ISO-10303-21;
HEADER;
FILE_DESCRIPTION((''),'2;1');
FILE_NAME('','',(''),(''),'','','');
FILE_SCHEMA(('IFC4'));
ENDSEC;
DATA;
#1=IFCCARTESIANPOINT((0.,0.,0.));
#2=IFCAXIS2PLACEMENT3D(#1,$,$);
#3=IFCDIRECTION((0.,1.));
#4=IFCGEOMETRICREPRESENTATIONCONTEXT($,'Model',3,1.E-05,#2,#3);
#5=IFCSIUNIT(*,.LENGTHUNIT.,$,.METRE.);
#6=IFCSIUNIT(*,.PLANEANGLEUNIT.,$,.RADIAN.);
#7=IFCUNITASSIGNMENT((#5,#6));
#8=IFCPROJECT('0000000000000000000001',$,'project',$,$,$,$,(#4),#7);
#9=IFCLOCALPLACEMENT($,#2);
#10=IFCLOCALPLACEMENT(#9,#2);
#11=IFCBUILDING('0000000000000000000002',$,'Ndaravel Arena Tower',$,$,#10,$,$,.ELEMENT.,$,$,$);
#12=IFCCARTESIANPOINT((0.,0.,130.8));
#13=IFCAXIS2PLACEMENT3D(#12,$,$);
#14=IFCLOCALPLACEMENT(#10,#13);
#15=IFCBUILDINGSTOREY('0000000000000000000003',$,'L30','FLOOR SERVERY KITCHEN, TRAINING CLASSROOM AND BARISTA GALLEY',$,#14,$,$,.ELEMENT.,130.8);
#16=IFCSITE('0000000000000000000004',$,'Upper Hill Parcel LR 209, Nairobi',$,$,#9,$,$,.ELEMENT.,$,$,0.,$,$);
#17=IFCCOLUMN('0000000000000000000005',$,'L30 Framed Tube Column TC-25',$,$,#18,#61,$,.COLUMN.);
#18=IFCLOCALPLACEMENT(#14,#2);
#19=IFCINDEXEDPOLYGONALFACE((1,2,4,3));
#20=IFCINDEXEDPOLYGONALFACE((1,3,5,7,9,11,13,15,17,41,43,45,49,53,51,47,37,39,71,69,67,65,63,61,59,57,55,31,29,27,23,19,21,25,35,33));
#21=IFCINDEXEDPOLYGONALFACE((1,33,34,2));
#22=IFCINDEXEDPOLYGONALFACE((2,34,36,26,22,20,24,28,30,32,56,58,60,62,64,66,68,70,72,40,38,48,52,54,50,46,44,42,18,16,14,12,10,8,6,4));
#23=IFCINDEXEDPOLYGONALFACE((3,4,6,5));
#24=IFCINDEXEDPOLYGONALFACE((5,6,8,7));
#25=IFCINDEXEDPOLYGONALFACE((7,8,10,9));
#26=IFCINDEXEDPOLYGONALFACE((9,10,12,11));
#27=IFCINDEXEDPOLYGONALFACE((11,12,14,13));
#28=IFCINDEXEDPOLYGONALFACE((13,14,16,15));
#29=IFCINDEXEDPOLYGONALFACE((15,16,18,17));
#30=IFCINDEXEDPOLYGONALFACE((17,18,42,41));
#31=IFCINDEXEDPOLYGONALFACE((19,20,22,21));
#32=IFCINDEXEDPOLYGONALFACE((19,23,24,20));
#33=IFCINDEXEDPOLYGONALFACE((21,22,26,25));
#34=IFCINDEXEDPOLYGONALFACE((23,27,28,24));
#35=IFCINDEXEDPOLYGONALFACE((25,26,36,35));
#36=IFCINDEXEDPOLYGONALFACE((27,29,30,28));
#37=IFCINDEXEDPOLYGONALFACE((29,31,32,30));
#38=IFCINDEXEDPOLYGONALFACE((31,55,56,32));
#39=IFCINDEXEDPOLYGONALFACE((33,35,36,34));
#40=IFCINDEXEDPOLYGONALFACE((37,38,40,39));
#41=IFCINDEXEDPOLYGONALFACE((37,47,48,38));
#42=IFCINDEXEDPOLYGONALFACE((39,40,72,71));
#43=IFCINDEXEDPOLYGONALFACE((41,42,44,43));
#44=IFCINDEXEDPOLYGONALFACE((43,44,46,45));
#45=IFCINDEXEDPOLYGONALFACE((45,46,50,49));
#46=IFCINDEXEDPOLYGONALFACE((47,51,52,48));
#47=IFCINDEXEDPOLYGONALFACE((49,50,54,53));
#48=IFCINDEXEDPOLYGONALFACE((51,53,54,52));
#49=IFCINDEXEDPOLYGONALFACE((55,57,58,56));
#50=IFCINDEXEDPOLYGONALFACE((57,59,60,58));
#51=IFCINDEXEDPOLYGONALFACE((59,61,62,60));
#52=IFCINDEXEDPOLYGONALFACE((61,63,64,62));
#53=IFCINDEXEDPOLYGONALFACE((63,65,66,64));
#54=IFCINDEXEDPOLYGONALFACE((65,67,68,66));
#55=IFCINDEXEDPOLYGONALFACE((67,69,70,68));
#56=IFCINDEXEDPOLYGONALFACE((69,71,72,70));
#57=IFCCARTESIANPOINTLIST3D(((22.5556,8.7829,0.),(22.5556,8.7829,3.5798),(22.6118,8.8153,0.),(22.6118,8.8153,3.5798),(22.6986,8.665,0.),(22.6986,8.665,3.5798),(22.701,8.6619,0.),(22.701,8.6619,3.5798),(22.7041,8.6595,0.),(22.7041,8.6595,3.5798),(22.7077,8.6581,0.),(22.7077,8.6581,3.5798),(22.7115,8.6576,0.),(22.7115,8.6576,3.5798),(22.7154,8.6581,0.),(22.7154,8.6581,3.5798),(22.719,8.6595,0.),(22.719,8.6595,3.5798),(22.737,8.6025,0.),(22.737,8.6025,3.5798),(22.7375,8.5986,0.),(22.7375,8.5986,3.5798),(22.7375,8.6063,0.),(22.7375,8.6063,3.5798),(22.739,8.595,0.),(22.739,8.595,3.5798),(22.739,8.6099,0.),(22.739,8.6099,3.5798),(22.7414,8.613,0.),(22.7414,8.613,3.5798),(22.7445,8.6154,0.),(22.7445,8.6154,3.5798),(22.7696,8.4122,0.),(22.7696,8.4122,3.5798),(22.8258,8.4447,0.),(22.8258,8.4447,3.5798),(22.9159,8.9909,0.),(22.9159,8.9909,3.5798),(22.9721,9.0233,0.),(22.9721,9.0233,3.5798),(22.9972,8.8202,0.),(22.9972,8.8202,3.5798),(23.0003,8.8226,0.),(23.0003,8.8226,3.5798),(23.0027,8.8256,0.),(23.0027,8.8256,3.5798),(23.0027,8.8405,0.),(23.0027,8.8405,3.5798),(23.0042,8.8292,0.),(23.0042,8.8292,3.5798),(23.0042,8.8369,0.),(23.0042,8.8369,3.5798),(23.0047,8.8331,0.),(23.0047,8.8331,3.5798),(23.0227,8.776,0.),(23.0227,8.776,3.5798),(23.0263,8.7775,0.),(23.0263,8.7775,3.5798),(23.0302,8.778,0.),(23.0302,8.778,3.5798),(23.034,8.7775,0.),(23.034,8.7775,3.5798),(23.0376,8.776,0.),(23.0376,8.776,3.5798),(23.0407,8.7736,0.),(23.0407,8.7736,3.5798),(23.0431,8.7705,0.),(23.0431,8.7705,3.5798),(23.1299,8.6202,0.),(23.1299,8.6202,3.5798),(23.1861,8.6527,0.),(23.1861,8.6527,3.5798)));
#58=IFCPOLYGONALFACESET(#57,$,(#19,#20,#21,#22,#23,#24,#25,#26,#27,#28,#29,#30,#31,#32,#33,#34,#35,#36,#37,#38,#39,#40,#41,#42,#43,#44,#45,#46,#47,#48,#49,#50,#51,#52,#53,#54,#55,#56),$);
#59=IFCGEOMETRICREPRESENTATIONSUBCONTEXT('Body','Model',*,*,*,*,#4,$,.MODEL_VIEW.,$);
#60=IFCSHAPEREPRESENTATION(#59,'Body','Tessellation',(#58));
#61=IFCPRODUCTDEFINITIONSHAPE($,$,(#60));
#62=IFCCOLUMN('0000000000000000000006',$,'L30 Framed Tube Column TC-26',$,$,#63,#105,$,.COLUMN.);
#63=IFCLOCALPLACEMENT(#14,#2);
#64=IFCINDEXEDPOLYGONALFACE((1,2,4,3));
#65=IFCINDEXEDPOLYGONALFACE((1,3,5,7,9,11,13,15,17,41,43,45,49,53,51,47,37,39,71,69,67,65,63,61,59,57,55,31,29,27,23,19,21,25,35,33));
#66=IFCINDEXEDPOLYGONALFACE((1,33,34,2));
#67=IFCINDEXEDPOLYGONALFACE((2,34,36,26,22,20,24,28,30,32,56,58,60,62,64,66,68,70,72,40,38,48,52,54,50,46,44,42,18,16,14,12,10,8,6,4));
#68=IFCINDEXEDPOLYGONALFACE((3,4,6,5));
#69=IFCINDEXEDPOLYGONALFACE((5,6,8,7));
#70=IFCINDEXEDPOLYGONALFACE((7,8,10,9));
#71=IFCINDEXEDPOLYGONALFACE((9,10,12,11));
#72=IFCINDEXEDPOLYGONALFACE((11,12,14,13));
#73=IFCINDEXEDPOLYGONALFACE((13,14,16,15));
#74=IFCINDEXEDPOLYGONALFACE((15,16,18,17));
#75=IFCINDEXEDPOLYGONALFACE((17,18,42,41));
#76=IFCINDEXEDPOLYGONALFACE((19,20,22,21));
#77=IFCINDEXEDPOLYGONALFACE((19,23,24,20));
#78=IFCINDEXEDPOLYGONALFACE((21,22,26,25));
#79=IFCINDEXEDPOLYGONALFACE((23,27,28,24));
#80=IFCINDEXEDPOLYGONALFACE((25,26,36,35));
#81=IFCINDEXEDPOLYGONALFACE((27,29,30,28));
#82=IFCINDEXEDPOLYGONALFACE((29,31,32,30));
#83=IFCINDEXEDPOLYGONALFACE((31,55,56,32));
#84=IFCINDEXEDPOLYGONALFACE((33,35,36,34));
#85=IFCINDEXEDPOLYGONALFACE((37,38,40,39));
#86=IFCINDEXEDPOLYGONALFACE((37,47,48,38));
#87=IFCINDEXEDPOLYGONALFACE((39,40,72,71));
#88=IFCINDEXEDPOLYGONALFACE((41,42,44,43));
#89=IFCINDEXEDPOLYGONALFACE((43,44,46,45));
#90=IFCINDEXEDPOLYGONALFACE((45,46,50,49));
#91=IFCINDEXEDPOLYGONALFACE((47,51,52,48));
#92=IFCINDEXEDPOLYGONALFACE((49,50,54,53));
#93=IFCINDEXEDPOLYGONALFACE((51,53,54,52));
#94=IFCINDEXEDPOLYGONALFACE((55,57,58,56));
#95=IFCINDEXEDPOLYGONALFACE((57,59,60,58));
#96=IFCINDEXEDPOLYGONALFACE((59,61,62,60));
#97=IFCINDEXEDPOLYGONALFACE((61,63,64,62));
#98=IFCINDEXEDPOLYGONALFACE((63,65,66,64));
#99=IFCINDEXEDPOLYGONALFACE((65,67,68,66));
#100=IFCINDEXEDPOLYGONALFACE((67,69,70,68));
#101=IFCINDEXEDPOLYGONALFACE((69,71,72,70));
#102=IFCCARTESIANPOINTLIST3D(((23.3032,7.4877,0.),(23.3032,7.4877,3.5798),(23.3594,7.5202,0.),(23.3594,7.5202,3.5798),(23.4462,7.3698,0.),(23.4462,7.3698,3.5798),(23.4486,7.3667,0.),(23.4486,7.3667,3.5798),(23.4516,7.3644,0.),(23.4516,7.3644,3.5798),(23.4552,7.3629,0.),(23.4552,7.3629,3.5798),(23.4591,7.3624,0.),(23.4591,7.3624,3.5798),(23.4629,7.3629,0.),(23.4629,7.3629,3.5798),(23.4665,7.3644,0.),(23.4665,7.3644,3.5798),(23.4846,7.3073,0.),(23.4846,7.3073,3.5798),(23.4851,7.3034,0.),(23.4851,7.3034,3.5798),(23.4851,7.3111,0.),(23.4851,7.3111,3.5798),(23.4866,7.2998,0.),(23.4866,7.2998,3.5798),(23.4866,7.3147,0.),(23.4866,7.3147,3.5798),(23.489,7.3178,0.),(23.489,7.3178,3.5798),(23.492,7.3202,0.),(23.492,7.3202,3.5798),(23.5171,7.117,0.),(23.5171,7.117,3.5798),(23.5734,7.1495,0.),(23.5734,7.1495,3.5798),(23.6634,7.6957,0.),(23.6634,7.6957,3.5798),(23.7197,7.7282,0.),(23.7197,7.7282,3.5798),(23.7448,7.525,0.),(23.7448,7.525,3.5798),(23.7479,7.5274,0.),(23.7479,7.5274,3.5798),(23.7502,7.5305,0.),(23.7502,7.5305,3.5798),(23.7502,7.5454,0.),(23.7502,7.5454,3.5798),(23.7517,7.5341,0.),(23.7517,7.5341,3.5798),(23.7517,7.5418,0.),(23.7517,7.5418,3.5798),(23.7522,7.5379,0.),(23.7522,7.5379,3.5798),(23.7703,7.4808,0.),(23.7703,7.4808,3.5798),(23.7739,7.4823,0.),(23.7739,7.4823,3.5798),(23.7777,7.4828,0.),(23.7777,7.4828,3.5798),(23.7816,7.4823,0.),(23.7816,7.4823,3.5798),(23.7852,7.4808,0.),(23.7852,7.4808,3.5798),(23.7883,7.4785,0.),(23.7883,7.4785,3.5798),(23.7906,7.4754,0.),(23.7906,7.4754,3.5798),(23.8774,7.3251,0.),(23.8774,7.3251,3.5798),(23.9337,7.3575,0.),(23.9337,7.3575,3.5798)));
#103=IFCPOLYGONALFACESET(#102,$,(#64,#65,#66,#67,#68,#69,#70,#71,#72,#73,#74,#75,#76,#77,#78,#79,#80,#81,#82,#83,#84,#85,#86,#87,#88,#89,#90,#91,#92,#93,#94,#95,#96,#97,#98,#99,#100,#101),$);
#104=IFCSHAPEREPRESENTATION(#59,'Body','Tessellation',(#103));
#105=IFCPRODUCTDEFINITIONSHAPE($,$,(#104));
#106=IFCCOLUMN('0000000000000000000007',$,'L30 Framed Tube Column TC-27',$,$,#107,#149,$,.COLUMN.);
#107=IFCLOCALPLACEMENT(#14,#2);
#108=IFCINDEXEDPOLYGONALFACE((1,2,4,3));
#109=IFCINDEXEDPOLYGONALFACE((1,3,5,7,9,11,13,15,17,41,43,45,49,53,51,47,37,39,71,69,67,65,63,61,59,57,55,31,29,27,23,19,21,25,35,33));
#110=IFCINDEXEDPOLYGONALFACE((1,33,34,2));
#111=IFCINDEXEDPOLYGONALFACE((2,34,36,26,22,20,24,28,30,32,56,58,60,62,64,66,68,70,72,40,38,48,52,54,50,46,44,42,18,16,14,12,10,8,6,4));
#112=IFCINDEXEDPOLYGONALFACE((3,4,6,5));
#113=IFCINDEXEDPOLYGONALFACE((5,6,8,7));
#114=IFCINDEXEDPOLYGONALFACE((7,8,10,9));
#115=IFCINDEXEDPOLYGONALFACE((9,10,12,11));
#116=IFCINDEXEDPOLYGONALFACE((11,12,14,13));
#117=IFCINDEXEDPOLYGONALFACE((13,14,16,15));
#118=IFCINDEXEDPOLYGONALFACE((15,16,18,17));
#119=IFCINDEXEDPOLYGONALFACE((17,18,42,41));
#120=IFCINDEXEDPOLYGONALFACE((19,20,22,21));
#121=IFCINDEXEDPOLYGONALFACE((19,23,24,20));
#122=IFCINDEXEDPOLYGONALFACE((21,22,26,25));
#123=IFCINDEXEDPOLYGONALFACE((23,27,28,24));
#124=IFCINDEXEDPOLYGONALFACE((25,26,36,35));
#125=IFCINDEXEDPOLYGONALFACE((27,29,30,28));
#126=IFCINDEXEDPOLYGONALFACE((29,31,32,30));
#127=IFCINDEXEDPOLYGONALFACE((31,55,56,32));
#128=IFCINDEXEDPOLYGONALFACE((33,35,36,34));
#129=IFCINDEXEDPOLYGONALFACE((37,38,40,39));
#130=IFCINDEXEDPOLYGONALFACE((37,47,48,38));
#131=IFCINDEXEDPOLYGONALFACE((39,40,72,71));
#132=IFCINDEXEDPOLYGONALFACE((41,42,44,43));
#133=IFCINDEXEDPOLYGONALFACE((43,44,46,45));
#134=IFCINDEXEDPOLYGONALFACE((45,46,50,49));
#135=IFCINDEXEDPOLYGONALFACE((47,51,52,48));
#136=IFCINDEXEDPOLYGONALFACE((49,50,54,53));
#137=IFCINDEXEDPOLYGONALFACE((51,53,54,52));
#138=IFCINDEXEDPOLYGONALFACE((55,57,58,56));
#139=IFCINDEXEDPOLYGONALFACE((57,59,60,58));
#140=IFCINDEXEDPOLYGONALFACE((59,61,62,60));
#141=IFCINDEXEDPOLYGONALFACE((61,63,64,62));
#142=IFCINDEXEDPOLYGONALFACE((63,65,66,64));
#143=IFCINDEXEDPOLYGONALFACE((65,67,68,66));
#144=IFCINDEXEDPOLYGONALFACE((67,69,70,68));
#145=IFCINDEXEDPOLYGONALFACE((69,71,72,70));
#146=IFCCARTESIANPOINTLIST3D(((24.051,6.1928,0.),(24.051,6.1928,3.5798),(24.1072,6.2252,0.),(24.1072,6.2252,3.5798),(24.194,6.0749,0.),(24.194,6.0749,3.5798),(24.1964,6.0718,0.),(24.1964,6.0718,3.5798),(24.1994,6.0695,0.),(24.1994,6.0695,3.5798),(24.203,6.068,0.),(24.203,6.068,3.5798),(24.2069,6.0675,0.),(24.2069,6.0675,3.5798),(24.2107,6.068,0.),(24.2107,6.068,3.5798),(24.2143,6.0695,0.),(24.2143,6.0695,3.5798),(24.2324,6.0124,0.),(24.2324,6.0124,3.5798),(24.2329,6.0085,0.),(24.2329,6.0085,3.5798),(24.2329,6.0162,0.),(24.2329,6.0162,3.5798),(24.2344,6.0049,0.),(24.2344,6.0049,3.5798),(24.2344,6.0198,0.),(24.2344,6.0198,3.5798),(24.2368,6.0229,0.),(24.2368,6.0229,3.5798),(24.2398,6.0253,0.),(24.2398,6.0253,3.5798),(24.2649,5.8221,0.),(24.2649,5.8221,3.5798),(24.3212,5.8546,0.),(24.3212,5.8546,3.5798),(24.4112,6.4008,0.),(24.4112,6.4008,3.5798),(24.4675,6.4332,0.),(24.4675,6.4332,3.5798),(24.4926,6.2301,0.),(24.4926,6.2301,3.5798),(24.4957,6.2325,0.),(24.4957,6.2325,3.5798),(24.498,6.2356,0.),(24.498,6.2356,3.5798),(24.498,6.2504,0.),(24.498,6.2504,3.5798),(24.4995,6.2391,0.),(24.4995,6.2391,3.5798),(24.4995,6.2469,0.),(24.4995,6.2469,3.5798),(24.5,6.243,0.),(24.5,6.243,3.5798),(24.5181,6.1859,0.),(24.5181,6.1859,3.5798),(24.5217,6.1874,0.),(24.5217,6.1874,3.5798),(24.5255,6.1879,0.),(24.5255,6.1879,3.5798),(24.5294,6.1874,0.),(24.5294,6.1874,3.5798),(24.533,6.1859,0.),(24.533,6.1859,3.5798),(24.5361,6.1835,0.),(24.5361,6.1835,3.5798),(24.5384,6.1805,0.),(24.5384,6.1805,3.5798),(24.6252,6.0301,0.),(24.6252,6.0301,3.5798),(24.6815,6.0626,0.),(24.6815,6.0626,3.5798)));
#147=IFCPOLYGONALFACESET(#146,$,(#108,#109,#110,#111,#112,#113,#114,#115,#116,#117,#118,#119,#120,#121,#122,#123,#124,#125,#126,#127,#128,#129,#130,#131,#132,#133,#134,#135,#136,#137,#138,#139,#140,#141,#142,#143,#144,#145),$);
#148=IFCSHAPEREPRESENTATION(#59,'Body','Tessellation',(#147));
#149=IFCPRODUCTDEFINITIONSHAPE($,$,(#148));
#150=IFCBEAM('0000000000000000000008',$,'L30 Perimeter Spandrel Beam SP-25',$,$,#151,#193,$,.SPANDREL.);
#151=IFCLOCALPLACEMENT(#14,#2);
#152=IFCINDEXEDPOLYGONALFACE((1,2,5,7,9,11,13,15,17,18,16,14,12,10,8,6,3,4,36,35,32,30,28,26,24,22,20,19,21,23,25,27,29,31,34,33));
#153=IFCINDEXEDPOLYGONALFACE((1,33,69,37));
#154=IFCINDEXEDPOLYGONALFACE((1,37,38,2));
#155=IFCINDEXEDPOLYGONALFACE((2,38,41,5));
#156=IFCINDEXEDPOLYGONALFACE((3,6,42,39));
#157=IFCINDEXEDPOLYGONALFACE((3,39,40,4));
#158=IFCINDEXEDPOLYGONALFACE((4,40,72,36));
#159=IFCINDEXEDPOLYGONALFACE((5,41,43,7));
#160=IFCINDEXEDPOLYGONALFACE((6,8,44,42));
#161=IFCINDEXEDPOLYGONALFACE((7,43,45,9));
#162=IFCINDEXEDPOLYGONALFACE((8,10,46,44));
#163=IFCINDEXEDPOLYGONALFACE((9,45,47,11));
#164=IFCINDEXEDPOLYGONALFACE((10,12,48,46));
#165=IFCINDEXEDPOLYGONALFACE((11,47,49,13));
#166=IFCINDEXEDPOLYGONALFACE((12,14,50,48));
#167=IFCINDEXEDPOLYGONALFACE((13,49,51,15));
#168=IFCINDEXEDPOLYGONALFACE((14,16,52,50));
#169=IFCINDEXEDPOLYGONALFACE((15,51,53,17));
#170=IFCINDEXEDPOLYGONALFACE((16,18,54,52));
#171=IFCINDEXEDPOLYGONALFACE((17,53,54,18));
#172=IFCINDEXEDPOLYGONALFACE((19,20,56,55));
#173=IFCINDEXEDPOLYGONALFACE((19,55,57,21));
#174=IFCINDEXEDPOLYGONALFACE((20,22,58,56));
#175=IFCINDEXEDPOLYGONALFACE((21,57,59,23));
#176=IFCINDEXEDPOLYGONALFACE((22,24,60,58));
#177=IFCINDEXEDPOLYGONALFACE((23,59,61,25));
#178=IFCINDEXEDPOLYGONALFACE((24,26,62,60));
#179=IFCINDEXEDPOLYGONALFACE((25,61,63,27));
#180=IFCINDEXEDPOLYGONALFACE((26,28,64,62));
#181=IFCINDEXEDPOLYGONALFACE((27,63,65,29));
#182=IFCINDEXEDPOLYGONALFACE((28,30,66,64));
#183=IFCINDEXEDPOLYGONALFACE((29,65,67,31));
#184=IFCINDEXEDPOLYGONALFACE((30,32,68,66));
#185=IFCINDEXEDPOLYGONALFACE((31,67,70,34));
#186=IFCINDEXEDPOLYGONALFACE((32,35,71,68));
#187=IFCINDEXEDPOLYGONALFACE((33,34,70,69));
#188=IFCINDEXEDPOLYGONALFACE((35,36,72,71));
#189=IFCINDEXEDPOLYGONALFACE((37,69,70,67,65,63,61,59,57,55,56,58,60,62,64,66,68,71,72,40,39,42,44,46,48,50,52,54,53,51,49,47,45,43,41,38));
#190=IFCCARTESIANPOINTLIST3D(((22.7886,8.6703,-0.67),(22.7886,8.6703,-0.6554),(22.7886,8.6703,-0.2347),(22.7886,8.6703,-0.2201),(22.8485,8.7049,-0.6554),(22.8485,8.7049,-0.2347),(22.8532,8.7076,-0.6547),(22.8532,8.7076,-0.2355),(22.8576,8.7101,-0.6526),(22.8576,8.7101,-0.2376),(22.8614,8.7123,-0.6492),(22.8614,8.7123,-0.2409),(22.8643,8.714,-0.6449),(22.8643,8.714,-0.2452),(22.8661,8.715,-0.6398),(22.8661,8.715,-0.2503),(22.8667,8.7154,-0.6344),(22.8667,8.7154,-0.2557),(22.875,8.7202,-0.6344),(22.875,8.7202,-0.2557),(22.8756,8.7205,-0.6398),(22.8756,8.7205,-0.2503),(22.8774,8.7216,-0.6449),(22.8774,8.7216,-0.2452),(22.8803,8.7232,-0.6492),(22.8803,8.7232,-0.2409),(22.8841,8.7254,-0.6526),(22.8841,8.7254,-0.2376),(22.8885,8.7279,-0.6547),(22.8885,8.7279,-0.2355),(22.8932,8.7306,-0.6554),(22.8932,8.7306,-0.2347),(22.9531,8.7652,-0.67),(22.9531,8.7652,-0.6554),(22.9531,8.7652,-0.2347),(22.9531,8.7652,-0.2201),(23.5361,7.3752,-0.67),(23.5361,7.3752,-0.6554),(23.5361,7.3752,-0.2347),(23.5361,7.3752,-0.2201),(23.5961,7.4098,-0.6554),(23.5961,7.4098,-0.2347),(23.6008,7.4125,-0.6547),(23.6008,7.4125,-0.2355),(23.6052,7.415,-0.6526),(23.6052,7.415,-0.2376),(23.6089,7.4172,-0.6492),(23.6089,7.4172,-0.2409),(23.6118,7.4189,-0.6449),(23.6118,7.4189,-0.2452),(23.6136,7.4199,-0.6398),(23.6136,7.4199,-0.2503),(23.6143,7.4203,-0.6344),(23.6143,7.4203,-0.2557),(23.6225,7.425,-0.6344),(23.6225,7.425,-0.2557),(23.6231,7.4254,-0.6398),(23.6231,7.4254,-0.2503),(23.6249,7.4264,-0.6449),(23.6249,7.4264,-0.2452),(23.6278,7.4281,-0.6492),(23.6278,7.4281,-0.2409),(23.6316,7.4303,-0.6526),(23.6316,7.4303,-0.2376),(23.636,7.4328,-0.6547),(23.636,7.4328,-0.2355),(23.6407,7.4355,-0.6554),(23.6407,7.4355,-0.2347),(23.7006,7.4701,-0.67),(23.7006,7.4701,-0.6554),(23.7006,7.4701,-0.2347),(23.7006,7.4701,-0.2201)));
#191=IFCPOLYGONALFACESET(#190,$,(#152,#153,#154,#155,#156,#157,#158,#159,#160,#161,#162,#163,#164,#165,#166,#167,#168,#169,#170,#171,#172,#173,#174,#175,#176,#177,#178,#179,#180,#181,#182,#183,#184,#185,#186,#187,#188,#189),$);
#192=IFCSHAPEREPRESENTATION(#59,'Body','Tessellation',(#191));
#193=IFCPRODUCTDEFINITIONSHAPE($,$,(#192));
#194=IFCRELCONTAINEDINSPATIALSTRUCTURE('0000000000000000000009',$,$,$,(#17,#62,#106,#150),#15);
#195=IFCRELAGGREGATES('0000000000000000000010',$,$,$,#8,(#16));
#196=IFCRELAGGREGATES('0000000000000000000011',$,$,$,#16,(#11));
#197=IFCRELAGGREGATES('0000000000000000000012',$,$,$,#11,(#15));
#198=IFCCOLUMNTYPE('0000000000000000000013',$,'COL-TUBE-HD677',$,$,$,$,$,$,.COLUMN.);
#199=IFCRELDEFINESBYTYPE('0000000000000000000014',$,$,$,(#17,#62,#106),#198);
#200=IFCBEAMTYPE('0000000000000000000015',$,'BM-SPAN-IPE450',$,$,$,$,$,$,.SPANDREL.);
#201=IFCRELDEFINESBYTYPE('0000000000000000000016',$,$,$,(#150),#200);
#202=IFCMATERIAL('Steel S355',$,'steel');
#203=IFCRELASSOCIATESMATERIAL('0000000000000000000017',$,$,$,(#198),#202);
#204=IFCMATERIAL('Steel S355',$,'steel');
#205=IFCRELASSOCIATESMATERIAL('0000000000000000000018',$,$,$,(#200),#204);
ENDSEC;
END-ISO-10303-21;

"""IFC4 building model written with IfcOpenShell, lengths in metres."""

from ifc_helpers import new_model, si_unit, direction, frame, origin, origin_2d, place, context, subcontext, project, spatial, i_section, extrude, material, material_profile, profile_set, type_object, element, save


model = new_model("IFC4")

# Units and contexts
model_context = context("Model", 3, precision=1e-05, world=origin(), true_north=direction((0.0, 1.0)))
body_context = subcontext(model_context, "Body", "Model", "MODEL_VIEW")
ifc_project = project(units=[si_unit("LENGTHUNIT", "METRE"), si_unit("PLANEANGLEUNIT", "RADIAN")], contexts=[model_context])

# Site, building, storey
site_placement = place(None, origin())
site = spatial("IfcSite", under=ifc_project, at=site_placement, Name="Upper Hill Parcel LR 209, Nairobi", CompositionType="ELEMENT", RefElevation=0.0)
building_placement = place(site_placement, origin())
building = spatial("IfcBuilding", under=site, at=building_placement, Name="Ndaravel Arena Tower", CompositionType="ELEMENT")
storey_placement = place(building_placement, frame((0.0, 0.0, 130.8)))
storey = spatial("IfcBuildingStorey", under=building, at=storey_placement, Name="L30", Description="FLOOR SERVERY KITCHEN, TRAINING CLASSROOM AND BARISTA GALLEY", CompositionType="ELEMENT", Elevation=130.8)

# Columns
ifc_material_1 = material(Name="Steel S355", Category="steel")
ifc_material_profile_1 = material_profile(ifc_material_1, i_section(OverallWidth=0.428, OverallDepth=0.481, WebThickness=0.051, FlangeThickness=0.0649, FilletRadius=0.0149, at=origin_2d()), Name="HD 400x677")
ifc_profile_set_1 = profile_set([ifc_material_profile_1], Name="Steel S355")
column_type = type_object("IfcColumnType", Name="COL-TUBE-HD677", PredefinedType="COLUMN", material=ifc_profile_set_1)
for number, where, z_axis, x_axis, name in (
    (1, (22.8708, 8.7178, 0.0), (0.0, 0.0, 1.0), (-0.5, 0.866025, 0.0), "L30 Framed Tube Column TC-25"),
    (2, (23.6184, 7.4226, 0.0), (0.0, 0.0, 1.0), (-0.5, 0.866025, 0.0), "L30 Framed Tube Column TC-26"),
    (3, (24.3662, 6.1277, 0.0), (0.0, 0.0, 1.0), (-0.5, 0.866025, 0.0), "L30 Framed Tube Column TC-27"),
):
    element("IfcColumn", number, at=place(storey_placement, frame(where, z_axis=z_axis, x_axis=x_axis)), inside=storey, type_object=column_type, Name=name, PredefinedType="COLUMN", context=body_context, shape_type="SweptSolid", body=[
        extrude(i_section(OverallWidth=0.428, OverallDepth=0.481, WebThickness=0.051, FlangeThickness=0.0649, FilletRadius=0.0149, at=origin_2d()), origin(), (0.0, 0.0, 1.0), 3.5798),
    ])

# Beam
ifc_material_2 = material(Name="Steel S355", Category="steel")
ifc_material_profile_2 = material_profile(ifc_material_2, i_section(OverallWidth=0.1899, OverallDepth=0.45, WebThickness=0.0095, FlangeThickness=0.0146, FilletRadius=0.021, at=origin_2d()), Name="IPE 450")
ifc_profile_set_2 = profile_set([ifc_material_profile_2], Name="Steel S355")
beam_type = type_object("IfcBeamType", Name="BM-SPAN-IPE450", PredefinedType="SPANDREL", material=ifc_profile_set_2)
for number, where, z_axis, x_axis, name in (
    (4, (22.8708, 8.7178, -0.4451), (0.499897, -0.866085, 0.0), (0.866085, 0.499897, 0.0), "L30 Perimeter Spandrel Beam SP-25"),
):
    element("IfcBeam", number, at=place(storey_placement, frame(where, z_axis=z_axis, x_axis=x_axis)), inside=storey, type_object=beam_type, Name=name, PredefinedType="SPANDREL", context=body_context, shape_type="SweptSolid", body=[
        extrude(i_section(OverallWidth=0.1899, OverallDepth=0.45, WebThickness=0.0095, FlangeThickness=0.0146, FilletRadius=0.021, at=origin_2d()), origin(), (0.0, 0.0, 1.0), 1.4954),
    ])

save(model, "model.ifc")
